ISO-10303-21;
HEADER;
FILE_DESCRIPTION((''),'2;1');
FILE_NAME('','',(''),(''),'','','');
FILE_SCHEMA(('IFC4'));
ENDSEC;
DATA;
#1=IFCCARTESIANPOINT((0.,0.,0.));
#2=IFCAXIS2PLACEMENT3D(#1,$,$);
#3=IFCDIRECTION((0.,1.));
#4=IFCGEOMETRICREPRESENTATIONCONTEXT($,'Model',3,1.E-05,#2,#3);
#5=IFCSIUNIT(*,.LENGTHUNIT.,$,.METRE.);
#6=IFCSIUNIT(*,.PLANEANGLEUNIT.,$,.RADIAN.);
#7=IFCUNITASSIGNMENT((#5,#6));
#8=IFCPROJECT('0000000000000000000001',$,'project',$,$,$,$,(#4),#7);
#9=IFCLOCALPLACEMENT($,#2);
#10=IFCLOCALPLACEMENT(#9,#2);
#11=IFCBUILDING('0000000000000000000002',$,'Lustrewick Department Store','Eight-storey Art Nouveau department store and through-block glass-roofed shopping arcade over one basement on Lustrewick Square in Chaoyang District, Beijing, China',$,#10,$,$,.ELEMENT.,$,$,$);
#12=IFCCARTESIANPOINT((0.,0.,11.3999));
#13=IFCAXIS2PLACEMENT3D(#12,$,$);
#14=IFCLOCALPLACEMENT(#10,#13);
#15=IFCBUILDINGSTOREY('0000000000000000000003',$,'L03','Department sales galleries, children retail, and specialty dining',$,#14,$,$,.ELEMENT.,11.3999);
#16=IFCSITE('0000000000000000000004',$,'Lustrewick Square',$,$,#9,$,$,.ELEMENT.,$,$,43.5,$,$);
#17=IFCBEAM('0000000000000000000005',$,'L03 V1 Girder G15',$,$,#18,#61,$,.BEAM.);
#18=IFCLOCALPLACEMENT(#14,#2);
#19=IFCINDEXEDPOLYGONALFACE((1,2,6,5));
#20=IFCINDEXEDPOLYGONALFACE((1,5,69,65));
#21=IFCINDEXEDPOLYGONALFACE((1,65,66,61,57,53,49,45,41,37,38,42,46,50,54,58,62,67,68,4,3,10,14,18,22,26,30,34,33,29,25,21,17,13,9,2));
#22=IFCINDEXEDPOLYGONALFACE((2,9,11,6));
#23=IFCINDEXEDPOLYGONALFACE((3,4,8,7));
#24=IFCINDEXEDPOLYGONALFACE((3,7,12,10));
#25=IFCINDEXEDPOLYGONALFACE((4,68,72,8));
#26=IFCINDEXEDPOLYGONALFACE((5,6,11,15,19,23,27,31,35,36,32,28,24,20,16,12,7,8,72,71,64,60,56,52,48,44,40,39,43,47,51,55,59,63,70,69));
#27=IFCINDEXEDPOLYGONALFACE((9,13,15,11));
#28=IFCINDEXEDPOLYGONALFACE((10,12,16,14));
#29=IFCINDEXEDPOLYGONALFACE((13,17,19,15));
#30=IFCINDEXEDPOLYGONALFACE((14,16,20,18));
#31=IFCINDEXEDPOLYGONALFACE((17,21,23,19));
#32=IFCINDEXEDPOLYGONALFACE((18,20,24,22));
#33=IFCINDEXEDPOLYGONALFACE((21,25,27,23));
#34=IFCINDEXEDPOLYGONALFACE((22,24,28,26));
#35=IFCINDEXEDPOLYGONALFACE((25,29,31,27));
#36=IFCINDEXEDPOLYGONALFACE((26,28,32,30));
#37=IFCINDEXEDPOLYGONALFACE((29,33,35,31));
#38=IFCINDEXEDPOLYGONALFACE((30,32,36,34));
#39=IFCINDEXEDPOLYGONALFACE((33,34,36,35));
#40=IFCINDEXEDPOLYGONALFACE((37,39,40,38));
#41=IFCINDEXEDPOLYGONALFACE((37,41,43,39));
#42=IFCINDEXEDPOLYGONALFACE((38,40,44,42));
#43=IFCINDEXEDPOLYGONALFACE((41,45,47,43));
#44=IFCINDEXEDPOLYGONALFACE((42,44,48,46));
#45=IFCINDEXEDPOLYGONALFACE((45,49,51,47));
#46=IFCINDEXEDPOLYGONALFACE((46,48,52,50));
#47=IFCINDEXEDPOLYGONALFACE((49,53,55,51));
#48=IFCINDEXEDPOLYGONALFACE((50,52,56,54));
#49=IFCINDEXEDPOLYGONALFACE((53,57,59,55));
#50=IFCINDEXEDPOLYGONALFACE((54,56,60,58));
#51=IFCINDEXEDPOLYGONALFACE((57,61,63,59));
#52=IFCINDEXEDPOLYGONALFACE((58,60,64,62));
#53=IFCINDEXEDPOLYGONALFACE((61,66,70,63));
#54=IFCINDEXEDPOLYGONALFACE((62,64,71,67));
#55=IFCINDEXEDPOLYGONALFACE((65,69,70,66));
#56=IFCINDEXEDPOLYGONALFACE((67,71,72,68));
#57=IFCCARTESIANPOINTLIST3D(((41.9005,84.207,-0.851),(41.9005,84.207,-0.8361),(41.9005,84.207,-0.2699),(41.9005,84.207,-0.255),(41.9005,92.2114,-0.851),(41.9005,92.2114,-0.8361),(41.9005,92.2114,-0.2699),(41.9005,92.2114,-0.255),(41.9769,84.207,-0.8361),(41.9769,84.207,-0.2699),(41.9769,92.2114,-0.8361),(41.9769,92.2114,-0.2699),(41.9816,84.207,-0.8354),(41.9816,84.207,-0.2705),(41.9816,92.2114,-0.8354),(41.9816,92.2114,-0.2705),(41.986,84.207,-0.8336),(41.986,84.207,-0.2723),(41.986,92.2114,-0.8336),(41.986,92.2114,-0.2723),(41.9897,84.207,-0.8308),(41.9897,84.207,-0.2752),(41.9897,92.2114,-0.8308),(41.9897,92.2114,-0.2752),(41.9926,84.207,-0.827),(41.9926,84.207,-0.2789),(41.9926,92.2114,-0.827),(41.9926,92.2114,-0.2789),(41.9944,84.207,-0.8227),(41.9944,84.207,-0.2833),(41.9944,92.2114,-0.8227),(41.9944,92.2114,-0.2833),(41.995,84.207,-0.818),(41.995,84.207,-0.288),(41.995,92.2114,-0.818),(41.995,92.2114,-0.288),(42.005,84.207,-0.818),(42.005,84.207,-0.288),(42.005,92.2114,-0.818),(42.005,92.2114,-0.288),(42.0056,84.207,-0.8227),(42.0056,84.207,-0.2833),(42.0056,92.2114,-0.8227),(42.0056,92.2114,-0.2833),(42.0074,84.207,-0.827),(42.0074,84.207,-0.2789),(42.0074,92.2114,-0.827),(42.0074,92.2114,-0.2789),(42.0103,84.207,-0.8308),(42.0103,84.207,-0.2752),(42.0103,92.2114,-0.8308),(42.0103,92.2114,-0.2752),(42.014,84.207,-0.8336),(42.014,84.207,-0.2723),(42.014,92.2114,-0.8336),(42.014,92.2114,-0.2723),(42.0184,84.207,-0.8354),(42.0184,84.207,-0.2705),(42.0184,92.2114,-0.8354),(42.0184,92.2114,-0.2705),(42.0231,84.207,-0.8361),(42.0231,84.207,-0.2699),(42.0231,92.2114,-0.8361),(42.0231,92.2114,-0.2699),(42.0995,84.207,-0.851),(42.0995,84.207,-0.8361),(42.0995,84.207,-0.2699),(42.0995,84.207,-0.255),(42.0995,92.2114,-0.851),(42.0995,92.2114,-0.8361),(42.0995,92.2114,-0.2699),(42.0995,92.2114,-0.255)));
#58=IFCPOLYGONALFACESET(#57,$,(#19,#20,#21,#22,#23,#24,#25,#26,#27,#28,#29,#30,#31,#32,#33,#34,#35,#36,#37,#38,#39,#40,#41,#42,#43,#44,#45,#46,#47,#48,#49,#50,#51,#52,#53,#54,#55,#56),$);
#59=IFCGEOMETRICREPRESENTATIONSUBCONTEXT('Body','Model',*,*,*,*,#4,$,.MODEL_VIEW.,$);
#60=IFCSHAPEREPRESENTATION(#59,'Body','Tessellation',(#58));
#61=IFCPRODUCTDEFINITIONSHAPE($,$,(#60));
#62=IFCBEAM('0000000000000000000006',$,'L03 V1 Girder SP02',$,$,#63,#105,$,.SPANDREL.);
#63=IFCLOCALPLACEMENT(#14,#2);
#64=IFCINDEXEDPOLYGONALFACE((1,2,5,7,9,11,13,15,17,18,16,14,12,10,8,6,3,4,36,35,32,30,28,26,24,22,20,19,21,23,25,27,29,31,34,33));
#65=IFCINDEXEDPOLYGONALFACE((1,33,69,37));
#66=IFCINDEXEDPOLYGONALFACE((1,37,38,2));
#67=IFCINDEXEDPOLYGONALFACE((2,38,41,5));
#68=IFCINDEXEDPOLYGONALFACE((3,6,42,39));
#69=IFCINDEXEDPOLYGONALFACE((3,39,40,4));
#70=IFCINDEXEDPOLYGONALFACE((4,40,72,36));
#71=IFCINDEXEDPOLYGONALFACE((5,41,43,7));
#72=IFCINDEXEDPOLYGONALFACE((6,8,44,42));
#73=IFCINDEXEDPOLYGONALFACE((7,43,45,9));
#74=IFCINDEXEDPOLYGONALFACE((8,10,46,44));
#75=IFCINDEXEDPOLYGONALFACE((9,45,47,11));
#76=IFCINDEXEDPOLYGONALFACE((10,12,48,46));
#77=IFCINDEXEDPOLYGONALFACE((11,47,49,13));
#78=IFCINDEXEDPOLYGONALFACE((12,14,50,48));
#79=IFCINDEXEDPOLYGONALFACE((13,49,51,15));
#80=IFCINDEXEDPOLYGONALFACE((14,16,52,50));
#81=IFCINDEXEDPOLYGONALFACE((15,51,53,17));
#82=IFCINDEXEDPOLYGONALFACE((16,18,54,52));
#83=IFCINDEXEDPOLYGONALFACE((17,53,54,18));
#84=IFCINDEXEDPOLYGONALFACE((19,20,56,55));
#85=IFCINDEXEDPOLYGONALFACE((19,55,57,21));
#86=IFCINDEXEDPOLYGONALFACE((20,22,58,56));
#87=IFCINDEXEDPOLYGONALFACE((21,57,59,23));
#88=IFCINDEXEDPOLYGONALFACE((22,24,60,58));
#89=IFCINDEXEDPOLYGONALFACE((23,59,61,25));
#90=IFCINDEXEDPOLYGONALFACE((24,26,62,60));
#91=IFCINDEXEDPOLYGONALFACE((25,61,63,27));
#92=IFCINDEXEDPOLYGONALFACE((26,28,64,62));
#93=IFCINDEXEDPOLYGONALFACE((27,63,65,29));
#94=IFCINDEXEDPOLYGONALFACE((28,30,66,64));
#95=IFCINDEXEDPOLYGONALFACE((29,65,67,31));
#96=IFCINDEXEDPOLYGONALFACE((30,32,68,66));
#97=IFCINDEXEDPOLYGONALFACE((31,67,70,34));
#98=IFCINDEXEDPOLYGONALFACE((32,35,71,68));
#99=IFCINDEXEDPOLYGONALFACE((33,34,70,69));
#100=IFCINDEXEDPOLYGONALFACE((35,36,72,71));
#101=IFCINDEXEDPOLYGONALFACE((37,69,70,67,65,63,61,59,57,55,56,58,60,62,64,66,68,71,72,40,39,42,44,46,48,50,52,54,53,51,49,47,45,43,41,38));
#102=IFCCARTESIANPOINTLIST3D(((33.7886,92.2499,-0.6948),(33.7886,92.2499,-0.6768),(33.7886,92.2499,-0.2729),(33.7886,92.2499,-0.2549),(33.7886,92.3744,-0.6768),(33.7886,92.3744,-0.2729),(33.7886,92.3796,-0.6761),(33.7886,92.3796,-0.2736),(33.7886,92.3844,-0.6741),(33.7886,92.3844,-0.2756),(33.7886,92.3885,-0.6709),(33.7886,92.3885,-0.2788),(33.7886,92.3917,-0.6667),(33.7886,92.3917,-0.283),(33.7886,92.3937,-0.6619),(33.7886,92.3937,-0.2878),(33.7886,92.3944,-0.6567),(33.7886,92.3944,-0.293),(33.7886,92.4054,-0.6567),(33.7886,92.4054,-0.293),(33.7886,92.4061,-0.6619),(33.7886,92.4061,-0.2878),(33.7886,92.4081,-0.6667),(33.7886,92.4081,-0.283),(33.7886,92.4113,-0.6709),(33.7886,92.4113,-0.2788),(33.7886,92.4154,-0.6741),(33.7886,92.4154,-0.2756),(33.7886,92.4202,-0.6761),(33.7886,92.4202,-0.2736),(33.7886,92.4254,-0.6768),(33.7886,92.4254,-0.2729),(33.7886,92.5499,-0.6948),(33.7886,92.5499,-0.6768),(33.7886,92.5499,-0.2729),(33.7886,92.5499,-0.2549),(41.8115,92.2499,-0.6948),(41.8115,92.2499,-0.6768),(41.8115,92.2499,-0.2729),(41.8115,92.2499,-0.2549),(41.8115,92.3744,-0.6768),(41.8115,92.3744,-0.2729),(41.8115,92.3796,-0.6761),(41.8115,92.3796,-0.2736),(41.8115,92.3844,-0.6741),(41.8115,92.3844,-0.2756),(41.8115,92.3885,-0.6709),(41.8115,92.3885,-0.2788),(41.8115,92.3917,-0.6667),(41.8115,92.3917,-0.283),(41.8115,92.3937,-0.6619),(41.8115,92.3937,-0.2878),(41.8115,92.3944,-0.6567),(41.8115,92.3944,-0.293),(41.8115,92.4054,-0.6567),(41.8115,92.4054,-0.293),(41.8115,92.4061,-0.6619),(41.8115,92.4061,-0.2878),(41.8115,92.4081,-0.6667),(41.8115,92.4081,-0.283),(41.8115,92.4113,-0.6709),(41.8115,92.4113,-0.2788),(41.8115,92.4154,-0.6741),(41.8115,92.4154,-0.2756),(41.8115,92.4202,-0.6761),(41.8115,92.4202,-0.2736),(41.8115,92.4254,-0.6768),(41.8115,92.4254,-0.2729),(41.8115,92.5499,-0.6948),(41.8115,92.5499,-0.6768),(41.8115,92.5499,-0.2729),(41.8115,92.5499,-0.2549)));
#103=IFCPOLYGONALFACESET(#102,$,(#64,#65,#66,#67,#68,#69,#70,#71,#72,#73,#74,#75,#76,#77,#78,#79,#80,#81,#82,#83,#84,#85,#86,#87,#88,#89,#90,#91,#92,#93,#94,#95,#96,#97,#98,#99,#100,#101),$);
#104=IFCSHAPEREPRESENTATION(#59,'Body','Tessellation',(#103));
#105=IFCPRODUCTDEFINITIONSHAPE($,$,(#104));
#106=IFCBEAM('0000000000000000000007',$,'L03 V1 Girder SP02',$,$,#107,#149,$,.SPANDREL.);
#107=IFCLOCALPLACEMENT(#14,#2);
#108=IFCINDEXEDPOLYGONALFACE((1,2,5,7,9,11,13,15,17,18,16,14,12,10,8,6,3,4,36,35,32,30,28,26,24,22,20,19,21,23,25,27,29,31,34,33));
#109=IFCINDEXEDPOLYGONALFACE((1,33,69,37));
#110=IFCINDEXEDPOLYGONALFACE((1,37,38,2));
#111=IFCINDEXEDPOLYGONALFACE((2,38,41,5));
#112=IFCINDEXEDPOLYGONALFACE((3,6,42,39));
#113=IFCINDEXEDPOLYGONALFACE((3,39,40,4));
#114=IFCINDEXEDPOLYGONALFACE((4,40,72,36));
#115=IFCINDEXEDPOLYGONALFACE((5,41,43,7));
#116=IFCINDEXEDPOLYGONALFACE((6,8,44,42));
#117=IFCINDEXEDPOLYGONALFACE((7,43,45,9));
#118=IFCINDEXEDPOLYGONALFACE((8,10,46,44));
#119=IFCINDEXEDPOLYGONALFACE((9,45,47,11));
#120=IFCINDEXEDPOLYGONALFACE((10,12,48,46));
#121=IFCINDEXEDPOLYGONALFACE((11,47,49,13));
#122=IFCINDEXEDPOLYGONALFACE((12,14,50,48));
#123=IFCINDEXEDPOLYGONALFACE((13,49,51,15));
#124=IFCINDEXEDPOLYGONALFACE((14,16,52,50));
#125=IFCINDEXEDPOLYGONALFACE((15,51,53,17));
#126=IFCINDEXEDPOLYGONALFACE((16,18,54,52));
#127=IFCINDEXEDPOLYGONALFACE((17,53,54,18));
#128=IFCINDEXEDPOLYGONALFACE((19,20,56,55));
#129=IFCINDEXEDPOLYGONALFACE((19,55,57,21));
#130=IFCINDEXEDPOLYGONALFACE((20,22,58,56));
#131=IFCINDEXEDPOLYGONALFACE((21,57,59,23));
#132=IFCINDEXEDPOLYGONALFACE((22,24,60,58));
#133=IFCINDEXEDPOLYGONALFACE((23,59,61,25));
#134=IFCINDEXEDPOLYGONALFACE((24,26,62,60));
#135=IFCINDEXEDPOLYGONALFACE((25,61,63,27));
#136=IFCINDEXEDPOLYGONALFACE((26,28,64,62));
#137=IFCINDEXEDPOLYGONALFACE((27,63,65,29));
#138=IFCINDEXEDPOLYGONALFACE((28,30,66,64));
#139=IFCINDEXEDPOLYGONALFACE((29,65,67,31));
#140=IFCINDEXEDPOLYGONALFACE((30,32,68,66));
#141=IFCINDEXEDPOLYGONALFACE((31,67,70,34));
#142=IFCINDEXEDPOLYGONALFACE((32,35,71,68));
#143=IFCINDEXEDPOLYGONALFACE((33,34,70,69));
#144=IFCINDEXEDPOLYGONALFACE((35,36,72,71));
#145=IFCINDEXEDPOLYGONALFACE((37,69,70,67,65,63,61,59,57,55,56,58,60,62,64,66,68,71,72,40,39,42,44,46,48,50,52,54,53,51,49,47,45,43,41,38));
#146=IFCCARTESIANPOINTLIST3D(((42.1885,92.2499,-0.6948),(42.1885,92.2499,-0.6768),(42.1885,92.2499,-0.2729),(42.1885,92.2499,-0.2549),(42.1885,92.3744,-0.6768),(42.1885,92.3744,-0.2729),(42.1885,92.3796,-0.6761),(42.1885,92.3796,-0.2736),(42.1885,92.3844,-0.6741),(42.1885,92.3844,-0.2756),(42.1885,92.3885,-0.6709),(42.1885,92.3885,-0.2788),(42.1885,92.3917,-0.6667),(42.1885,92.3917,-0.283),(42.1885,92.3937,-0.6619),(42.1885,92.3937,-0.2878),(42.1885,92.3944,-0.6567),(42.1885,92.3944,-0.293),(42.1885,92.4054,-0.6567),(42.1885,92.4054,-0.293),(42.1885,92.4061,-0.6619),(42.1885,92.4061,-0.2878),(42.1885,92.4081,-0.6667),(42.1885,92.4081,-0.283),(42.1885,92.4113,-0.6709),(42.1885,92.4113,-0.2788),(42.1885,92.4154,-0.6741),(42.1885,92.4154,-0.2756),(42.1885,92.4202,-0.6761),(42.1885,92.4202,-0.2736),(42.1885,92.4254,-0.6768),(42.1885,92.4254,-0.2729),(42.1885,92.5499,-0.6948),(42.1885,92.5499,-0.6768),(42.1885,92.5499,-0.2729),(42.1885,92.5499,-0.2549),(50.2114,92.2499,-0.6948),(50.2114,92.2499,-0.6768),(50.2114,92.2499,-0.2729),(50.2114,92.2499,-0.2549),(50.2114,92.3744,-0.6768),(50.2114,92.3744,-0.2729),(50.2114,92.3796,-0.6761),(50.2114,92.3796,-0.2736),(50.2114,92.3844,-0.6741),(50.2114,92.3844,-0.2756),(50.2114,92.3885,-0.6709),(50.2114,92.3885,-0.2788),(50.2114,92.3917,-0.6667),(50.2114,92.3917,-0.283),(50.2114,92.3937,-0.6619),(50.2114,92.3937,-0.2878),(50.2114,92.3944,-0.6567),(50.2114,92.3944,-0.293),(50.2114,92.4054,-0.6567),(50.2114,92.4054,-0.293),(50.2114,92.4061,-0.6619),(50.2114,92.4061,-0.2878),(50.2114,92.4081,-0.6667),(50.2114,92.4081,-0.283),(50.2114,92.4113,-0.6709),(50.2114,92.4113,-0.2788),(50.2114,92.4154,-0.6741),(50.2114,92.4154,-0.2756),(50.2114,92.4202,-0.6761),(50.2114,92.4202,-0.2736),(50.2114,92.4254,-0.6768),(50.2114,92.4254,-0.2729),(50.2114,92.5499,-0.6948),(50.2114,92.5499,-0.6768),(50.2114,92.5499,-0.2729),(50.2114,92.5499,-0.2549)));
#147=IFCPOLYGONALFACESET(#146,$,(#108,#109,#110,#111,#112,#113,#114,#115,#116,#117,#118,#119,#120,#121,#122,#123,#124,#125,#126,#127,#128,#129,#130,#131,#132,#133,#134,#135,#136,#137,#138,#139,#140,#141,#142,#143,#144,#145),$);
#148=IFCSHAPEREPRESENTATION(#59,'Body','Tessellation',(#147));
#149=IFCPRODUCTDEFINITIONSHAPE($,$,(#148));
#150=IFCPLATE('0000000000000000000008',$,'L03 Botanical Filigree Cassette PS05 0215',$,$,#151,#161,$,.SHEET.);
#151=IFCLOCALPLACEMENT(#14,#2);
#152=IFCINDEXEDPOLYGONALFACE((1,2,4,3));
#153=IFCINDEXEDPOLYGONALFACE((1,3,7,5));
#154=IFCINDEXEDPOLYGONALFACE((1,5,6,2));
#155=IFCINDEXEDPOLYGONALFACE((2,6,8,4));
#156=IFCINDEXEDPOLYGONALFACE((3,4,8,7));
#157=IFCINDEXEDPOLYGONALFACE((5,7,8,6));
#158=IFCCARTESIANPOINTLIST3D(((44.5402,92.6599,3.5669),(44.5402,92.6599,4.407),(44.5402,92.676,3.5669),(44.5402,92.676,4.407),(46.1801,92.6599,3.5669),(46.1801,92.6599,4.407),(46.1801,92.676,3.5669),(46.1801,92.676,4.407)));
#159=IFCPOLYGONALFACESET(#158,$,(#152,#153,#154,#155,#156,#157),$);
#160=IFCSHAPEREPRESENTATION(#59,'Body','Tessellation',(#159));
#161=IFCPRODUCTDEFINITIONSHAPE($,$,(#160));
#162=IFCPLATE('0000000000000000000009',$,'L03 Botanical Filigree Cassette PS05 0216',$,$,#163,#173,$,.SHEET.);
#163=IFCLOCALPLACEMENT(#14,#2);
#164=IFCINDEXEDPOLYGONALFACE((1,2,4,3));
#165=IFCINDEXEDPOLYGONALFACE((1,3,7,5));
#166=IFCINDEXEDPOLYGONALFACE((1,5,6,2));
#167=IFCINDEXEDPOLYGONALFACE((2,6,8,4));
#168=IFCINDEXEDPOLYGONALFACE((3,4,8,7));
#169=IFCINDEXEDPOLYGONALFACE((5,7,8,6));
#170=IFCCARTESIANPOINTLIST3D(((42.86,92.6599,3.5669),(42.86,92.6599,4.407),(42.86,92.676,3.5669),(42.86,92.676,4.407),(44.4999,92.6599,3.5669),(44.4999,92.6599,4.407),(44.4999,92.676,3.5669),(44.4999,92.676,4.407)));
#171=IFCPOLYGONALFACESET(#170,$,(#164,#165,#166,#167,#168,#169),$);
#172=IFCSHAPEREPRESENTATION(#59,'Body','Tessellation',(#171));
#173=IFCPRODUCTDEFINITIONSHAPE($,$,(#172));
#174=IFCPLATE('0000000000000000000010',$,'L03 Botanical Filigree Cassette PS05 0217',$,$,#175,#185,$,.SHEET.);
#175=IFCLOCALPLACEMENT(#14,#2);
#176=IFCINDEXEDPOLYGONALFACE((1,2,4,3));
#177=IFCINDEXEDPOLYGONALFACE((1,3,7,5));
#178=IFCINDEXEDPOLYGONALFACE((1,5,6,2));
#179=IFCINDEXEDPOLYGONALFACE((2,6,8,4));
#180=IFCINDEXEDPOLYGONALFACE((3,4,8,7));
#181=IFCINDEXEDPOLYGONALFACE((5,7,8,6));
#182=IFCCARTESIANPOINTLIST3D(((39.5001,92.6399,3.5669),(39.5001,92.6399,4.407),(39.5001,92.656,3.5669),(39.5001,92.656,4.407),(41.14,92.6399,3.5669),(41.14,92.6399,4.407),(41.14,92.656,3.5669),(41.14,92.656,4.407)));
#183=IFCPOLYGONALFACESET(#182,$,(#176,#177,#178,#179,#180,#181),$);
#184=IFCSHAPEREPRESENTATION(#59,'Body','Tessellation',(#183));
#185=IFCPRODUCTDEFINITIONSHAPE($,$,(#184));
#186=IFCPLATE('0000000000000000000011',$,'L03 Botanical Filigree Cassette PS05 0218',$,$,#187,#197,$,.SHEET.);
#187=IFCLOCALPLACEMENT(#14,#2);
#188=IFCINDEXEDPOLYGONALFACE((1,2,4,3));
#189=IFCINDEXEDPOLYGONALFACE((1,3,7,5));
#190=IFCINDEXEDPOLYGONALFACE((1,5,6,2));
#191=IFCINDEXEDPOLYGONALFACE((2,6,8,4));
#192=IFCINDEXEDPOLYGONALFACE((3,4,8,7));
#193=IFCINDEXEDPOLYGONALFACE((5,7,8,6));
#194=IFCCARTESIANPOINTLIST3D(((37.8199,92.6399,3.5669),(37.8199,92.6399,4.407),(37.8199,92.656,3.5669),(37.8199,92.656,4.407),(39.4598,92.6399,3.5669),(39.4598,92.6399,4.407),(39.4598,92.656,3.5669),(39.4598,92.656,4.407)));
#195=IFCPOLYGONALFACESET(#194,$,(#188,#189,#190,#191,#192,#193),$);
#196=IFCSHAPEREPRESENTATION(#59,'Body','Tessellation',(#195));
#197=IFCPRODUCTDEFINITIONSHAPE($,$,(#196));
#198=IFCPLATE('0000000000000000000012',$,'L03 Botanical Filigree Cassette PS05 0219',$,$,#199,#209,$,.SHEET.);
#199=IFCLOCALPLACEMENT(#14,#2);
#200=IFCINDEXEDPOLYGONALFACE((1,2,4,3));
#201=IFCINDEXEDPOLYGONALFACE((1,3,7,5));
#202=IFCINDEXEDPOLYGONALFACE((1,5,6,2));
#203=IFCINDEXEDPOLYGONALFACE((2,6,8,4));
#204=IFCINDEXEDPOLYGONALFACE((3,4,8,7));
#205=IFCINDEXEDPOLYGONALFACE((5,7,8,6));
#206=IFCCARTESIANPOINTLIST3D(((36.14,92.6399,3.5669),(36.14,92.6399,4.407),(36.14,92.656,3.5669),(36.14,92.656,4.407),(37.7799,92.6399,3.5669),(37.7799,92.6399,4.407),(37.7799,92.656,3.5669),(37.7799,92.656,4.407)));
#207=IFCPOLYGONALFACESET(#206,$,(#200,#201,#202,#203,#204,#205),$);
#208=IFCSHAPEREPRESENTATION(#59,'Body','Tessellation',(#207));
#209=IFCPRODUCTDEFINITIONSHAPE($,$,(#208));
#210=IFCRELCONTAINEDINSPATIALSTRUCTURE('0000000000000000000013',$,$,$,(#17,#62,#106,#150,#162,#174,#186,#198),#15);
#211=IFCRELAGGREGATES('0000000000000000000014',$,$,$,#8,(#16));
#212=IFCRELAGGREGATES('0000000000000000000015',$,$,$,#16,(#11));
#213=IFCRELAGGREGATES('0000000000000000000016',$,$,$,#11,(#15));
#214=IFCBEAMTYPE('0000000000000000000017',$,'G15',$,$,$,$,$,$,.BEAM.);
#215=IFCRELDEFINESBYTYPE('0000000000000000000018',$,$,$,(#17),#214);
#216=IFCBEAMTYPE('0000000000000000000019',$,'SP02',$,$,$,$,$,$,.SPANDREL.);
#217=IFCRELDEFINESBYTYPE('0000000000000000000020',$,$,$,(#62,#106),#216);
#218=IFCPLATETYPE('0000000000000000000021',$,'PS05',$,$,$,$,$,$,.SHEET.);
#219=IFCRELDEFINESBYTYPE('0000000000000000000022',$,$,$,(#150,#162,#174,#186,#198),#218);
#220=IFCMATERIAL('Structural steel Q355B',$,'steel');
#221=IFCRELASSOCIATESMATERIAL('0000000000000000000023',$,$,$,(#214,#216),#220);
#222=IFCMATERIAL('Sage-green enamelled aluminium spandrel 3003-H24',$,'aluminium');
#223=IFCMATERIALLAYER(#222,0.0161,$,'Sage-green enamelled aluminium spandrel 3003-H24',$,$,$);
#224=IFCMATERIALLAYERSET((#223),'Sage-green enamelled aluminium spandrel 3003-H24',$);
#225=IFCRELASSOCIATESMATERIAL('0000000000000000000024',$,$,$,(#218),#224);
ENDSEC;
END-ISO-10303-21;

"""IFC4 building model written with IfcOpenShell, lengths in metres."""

from ifc_helpers import new_model, si_unit, direction, frame, origin, origin_2d, place, context, subcontext, project, spatial, rectangle, i_section, extrude, material, layer, layer_set, material_profile, profile_set, type_object, element, save


model = new_model("IFC4")

# Units and contexts
model_context = context("Model", 3, precision=1e-05, world=origin(), true_north=direction((0.0, 1.0)))
body_context = subcontext(model_context, "Body", "Model", "MODEL_VIEW")
ifc_project = project(units=[si_unit("LENGTHUNIT", "METRE"), si_unit("PLANEANGLEUNIT", "RADIAN")], contexts=[model_context])

# Site, building, storey
site_placement = place(None, origin())
site = spatial("IfcSite", under=ifc_project, at=site_placement, Name="Lustrewick Square", CompositionType="ELEMENT", RefElevation=43.5)
building_placement = place(site_placement, origin())
building = spatial("IfcBuilding", under=site, at=building_placement, Name="Lustrewick Department Store", Description="Eight-storey Art Nouveau department store and through-block glass-roofed shopping arcade over one basement on Lustrewick Square in Chaoyang District, Beijing, China", CompositionType="ELEMENT")
storey_placement = place(building_placement, frame((0.0, 0.0, 11.3999)))
storey = spatial("IfcBuildingStorey", under=building, at=storey_placement, Name="L03", Description="Department sales galleries, children retail, and specialty dining", CompositionType="ELEMENT", Elevation=11.3999)

# Shared definitions
ifc_material_1 = material(Name="Structural steel Q355B", Category="steel")

# Beams
ifc_material_profile_1 = material_profile(ifc_material_1, i_section(OverallWidth=0.199, OverallDepth=0.5959, WebThickness=0.01, FlangeThickness=0.0149, FilletRadius=0.0181, at=origin_2d()), Name="HN 596x199x10x15")
ifc_profile_set_1 = profile_set([ifc_material_profile_1], Name="Structural steel Q355B")
beam_type_1 = type_object("IfcBeamType", Name="G15", PredefinedType="BEAM", material=ifc_profile_set_1)
beam_1_placement = place(storey_placement, frame((42.0, 84.207, -0.553), z_axis=(0.0, 1.0, 0.0), x_axis=(-1.0, 0.0, 0.0)))
element("IfcBeam", 1, at=beam_1_placement, inside=storey, type_object=beam_type_1, Name="L03 V1 Girder G15", PredefinedType="BEAM", context=body_context, shape_type="SweptSolid", body=[
    extrude(i_section(OverallWidth=0.199, OverallDepth=0.5959, WebThickness=0.01, FlangeThickness=0.0149, FilletRadius=0.0181, at=origin_2d()), origin(), (0.0, 0.0, 1.0), 8.0044),
])
ifc_material_profile_2 = material_profile(ifc_material_1, i_section(OverallWidth=0.3, OverallDepth=0.4399, WebThickness=0.011, FlangeThickness=0.0181, FilletRadius=0.02, at=origin_2d()), Name="HM 440x300x11x18")
ifc_profile_set_2 = profile_set([ifc_material_profile_2], Name="Structural steel Q355B")
beam_type_2 = type_object("IfcBeamType", Name="SP02", PredefinedType="SPANDREL", material=ifc_profile_set_2)
for number, where, z_axis, x_axis, name in (
    (2, (33.7886, 92.3999, -0.4749), (1.0, 0.0, 0.0), (0.0, 1.0, 0.0), "L03 V1 Girder SP02"),
    (3, (42.1885, 92.3999, -0.4749), (1.0, 0.0, 0.0), (0.0, 1.0, 0.0), "L03 V1 Girder SP02"),
):
    element("IfcBeam", number, at=place(storey_placement, frame(where, z_axis=z_axis, x_axis=x_axis)), inside=storey, type_object=beam_type_2, Name=name, PredefinedType="SPANDREL", context=body_context, shape_type="SweptSolid", body=[
        extrude(i_section(OverallWidth=0.3, OverallDepth=0.4399, WebThickness=0.011, FlangeThickness=0.0181, FilletRadius=0.02, at=origin_2d()), origin(), (0.0, 0.0, 1.0), 8.0229),
    ])

# Plates
ifc_material_2 = material(Name="Sage-green enamelled aluminium spandrel 3003-H24", Category="aluminium")
ifc_layer_1 = layer(ifc_material_2, 0.0161, Name="Sage-green enamelled aluminium spandrel 3003-H24")
ifc_layer_set_1 = layer_set([ifc_layer_1], Name="Sage-green enamelled aluminium spandrel 3003-H24")
plate_type = type_object("IfcPlateType", Name="PS05", PredefinedType="SHEET", material=ifc_layer_set_1)
for number, where, z_axis, x_axis, name in (
    (4, (45.3601, 92.668, 3.5669), (0.0, 0.0, 1.0), (-1.0, 0.0, 0.0), "L03 Botanical Filigree Cassette PS05 0215"),
    (5, (43.6799, 92.668, 3.5669), (0.0, 0.0, 1.0), (-1.0, 0.0, 0.0), "L03 Botanical Filigree Cassette PS05 0216"),
    (6, (40.3201, 92.6479, 3.5669), (0.0, 0.0, 1.0), (-1.0, 0.0, 0.0), "L03 Botanical Filigree Cassette PS05 0217"),
    (7, (38.6399, 92.6479, 3.5669), (0.0, 0.0, 1.0), (-1.0, 0.0, 0.0), "L03 Botanical Filigree Cassette PS05 0218"),
    (8, (36.96, 92.6479, 3.5669), (0.0, 0.0, 1.0), (-1.0, 0.0, 0.0), "L03 Botanical Filigree Cassette PS05 0219"),
):
    element("IfcPlate", number, at=place(storey_placement, frame(where, z_axis=z_axis, x_axis=x_axis)), inside=storey, type_object=plate_type, Name=name, PredefinedType="SHEET", context=body_context, shape_type="SweptSolid", body=[
        extrude(rectangle(XDim=1.6399, YDim=0.0161, at=origin_2d()), origin(), (0.0, 0.0, 1.0), 0.8401),
    ])

save(model, "model.ifc")
